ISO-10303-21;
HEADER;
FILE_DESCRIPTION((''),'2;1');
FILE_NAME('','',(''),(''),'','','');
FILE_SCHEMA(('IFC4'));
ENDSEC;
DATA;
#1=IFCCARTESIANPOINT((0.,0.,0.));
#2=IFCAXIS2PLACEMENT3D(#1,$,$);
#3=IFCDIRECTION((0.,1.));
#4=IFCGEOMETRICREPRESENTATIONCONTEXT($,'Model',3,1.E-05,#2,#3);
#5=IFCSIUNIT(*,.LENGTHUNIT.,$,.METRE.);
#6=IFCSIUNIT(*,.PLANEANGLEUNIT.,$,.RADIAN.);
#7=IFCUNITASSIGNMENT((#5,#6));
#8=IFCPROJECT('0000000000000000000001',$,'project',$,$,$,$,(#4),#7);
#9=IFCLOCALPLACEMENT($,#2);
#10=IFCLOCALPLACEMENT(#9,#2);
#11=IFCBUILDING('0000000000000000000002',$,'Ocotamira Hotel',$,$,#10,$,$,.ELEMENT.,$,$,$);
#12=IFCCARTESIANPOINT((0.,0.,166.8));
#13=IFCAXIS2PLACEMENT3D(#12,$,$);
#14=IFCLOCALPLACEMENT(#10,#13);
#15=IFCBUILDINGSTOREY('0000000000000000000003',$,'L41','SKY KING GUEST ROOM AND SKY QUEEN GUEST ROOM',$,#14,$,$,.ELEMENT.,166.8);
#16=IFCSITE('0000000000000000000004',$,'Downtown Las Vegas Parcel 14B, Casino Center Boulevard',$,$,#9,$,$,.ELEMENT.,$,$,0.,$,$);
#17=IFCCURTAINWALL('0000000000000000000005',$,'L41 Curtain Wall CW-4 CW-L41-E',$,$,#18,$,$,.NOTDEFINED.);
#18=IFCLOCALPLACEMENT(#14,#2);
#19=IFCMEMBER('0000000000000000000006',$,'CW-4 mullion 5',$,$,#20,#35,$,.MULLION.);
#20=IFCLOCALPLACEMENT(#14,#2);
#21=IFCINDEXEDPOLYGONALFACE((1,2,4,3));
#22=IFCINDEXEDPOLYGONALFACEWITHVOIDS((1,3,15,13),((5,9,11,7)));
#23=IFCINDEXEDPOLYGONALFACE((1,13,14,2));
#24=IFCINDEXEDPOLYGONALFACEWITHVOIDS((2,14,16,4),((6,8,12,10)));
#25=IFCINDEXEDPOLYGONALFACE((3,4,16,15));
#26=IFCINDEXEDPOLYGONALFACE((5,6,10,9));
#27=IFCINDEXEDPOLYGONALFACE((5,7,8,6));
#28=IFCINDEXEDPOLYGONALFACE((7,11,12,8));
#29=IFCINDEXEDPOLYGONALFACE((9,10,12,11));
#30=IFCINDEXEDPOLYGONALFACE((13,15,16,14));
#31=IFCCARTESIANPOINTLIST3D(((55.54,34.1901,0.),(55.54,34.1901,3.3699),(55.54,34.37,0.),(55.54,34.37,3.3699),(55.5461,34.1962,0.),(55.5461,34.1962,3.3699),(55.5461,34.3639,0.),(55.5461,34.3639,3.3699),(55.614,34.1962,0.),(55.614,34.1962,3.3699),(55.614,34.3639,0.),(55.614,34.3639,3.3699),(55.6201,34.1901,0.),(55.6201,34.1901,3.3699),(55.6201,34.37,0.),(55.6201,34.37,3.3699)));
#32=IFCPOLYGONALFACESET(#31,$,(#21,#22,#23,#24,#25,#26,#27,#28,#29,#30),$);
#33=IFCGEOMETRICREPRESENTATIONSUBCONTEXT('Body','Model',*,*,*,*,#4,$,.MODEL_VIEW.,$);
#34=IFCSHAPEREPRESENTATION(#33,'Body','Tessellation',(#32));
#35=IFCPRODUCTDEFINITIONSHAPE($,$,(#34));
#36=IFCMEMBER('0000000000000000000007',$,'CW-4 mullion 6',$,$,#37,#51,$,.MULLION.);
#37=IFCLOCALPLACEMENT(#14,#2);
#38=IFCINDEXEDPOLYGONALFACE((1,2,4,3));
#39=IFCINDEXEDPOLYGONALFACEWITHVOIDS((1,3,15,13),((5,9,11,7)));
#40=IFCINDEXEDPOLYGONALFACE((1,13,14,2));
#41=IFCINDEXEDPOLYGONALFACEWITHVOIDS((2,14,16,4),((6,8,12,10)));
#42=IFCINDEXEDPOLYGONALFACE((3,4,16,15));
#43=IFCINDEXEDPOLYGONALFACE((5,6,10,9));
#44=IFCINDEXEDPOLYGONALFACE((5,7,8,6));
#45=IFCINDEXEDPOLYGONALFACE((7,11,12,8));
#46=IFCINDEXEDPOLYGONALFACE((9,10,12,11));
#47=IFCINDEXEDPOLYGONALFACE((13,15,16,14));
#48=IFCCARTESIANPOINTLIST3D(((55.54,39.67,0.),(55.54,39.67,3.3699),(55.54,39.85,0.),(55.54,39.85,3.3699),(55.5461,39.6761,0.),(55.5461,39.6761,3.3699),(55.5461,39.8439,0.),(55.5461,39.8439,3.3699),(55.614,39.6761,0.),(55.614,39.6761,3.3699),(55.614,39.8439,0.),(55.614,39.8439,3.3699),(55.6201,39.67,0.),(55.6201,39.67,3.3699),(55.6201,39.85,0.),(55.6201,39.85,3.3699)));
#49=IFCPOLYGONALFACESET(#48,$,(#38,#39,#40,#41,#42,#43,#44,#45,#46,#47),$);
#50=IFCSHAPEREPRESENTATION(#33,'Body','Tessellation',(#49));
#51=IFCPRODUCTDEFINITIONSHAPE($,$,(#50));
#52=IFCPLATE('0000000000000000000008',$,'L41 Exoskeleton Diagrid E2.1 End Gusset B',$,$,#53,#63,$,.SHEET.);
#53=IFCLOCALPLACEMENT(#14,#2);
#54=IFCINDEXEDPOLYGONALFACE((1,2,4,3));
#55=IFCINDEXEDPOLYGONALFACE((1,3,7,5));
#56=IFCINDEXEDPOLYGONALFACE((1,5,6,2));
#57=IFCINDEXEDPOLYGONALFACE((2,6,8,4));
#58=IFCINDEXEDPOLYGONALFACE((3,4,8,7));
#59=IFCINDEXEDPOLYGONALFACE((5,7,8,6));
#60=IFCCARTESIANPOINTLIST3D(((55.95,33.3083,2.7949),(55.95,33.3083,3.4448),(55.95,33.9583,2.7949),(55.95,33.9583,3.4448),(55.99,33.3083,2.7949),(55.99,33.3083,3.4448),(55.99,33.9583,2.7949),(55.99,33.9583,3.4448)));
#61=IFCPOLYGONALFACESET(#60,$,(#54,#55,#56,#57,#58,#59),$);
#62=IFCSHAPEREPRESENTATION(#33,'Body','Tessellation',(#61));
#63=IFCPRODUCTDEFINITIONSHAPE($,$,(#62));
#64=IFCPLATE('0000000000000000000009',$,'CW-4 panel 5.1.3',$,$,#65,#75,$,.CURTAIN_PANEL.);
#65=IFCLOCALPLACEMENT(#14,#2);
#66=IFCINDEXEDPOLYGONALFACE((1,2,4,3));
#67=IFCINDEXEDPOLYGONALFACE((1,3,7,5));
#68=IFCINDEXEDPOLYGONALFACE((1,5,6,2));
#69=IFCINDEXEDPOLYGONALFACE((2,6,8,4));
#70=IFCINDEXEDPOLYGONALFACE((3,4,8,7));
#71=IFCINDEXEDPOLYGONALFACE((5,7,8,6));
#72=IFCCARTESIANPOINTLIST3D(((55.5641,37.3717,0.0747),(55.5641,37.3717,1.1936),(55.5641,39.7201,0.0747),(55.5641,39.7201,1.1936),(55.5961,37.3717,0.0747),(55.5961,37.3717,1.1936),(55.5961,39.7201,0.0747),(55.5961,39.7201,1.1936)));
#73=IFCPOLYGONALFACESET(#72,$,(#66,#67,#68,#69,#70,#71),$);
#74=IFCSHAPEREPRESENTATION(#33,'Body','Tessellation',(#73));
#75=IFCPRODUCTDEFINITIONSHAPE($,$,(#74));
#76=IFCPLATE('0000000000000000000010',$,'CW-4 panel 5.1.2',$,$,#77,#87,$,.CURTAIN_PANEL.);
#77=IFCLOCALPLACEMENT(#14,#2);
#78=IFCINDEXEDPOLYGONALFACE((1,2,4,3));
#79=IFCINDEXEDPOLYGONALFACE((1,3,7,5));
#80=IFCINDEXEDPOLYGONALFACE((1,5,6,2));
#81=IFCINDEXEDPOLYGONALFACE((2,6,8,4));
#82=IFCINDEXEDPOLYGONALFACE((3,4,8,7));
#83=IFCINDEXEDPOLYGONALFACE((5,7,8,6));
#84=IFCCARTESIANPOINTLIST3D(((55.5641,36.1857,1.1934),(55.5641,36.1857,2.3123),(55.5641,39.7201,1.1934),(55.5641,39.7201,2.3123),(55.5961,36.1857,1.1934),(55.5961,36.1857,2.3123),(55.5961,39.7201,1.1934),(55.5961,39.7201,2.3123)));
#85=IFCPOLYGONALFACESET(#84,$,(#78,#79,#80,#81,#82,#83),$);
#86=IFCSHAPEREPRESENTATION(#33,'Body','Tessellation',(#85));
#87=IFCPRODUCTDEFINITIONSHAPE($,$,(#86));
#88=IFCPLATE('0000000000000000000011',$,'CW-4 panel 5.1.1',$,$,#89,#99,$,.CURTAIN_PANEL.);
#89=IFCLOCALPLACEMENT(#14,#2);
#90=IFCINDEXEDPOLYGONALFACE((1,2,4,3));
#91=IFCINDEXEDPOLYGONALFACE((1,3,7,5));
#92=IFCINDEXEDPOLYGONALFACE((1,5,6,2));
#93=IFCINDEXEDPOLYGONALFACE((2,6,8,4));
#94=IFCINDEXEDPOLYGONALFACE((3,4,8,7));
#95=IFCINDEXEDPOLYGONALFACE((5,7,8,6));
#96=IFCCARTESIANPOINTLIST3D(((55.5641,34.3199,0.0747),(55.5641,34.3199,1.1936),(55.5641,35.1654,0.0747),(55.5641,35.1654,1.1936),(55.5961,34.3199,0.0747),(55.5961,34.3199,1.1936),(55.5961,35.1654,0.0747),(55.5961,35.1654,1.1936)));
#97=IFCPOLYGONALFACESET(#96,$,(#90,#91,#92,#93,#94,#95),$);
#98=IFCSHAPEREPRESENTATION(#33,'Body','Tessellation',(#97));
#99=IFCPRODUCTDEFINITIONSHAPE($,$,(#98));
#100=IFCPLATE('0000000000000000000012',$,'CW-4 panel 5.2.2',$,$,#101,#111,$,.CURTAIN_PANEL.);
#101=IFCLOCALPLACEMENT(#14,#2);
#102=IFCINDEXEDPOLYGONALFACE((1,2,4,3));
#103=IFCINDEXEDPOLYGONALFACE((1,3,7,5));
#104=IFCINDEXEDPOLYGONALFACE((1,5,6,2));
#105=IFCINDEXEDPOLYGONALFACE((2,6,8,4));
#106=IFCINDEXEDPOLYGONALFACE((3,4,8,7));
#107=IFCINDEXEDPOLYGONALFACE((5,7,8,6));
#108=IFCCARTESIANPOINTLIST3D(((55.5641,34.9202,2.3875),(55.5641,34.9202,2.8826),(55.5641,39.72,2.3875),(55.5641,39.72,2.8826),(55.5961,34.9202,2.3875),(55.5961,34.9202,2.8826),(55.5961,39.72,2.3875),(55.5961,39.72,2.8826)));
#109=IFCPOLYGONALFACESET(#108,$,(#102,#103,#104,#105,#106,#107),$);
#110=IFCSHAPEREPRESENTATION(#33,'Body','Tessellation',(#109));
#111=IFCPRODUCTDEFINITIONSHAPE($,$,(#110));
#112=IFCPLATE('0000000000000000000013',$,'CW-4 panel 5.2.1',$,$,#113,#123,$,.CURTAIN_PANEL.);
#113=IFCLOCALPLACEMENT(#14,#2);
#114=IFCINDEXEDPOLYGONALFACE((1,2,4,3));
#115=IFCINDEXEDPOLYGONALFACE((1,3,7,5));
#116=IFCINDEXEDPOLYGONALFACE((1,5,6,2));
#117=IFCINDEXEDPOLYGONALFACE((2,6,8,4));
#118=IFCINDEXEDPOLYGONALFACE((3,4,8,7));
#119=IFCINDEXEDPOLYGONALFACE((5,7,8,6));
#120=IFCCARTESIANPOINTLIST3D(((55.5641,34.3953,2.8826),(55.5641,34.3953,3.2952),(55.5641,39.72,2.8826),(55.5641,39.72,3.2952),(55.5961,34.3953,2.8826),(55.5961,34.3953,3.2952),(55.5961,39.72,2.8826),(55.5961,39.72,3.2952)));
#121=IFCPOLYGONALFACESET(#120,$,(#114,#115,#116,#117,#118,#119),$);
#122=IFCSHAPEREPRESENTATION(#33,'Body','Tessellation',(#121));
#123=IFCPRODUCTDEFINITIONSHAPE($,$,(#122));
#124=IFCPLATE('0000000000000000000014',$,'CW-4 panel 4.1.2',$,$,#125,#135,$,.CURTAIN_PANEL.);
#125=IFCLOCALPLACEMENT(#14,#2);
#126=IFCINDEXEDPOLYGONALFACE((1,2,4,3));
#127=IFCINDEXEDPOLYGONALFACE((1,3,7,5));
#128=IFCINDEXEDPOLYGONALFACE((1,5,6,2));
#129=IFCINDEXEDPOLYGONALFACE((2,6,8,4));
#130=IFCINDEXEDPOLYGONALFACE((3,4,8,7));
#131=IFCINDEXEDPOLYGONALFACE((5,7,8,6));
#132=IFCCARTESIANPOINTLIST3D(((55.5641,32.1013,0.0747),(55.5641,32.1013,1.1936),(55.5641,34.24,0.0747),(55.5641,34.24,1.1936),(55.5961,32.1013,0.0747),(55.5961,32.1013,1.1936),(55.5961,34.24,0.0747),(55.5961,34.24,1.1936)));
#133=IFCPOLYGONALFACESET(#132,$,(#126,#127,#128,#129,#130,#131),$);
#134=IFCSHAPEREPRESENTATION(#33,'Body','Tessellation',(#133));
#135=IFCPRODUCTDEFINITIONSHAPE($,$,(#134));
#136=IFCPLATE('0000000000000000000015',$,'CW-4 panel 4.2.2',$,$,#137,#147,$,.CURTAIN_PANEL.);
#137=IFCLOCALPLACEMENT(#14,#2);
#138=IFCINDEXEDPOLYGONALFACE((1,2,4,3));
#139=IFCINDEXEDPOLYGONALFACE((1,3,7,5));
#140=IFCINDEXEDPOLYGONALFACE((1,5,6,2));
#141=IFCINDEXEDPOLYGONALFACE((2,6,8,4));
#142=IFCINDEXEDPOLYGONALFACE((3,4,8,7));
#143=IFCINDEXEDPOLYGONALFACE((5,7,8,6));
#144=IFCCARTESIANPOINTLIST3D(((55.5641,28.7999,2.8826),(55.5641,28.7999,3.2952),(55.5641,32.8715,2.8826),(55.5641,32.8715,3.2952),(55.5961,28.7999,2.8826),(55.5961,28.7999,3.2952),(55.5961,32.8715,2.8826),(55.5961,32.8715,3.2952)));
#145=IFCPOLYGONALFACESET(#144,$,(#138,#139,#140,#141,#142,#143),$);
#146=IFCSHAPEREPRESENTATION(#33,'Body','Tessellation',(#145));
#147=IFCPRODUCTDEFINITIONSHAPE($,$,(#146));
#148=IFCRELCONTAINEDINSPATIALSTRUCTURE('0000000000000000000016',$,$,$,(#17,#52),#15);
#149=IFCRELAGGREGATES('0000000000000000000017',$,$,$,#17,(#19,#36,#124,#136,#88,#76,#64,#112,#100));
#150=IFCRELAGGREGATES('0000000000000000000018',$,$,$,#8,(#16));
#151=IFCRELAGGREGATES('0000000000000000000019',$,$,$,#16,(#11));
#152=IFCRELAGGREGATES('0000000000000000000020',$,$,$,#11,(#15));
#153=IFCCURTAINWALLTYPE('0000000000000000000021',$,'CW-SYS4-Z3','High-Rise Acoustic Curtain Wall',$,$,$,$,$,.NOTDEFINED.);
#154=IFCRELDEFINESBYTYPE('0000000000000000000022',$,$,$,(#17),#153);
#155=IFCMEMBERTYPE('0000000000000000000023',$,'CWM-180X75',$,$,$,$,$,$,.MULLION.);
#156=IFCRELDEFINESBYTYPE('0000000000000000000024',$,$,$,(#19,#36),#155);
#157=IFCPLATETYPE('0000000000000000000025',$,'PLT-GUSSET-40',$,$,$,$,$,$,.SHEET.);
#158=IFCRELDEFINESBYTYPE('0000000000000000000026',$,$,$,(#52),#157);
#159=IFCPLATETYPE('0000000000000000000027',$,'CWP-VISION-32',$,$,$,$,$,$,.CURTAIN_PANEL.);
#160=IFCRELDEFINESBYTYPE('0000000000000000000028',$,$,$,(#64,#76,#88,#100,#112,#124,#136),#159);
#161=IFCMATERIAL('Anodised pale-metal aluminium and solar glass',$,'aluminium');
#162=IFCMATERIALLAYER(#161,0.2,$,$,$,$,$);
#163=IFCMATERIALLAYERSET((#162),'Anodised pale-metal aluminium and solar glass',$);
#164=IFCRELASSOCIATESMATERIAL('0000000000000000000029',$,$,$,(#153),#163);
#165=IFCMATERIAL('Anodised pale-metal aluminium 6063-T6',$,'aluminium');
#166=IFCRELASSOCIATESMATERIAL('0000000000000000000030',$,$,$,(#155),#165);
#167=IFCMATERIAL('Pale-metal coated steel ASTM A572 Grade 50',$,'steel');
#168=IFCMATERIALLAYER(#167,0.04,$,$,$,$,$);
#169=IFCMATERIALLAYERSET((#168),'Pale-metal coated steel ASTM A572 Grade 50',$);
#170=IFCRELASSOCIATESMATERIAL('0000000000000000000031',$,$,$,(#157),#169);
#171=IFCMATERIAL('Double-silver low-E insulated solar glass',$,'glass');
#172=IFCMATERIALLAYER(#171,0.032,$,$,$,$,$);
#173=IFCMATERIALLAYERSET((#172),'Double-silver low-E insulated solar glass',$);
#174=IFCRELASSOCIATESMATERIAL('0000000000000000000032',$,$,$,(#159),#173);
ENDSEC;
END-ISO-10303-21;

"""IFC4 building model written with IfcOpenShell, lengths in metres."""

from ifc_helpers import new_model, si_unit, direction, frame, origin, origin_2d, place, context, subcontext, project, spatial, rectangle, hollow_rectangle, extrude, source, transform, mapped, material, layer, layer_set, material_profile, profile_set, type_object, element, aggregate, save


model = new_model("IFC4")

# Units and contexts
model_context = context("Model", 3, precision=1e-05, world=origin(), true_north=direction((0.0, 1.0)))
body_context = subcontext(model_context, "Body", "Model", "MODEL_VIEW")
ifc_project = project(units=[si_unit("LENGTHUNIT", "METRE"), si_unit("PLANEANGLEUNIT", "RADIAN")], contexts=[model_context])

# Site, building, storey
site_placement = place(None, origin())
site = spatial("IfcSite", under=ifc_project, at=site_placement, Name="Downtown Las Vegas Parcel 14B, Casino Center Boulevard", CompositionType="ELEMENT", RefElevation=0.0)
building_placement = place(site_placement, origin())
building = spatial("IfcBuilding", under=site, at=building_placement, Name="Ocotamira Hotel", CompositionType="ELEMENT")
storey_placement = place(building_placement, frame((0.0, 0.0, 166.8)))
storey = spatial("IfcBuildingStorey", under=building, at=storey_placement, Name="L41", Description="SKY KING GUEST ROOM AND SKY QUEEN GUEST ROOM", CompositionType="ELEMENT", Elevation=166.8)

# Curtain wall, members
ifc_material_1 = material(Name="Anodised pale-metal aluminium and solar glass", Category="aluminium")
ifc_layer_1 = layer(ifc_material_1, 0.2)
ifc_layer_set_1 = layer_set([ifc_layer_1], Name="Anodised pale-metal aluminium and solar glass")
curtain_wall_type = type_object("IfcCurtainWallType", Name="CW-SYS4-Z3", Description="High-Rise Acoustic Curtain Wall", PredefinedType="NOTDEFINED", material=ifc_layer_set_1)
curtain_wall_placement = place(storey_placement, origin())
curtain_wall = element("IfcCurtainWall", 1, at=curtain_wall_placement, inside=storey, type_object=curtain_wall_type, Name="L41 Curtain Wall CW-4 CW-L41-E", PredefinedType="NOTDEFINED")
ifc_material_2 = material(Name="Anodised pale-metal aluminium 6063-T6", Category="aluminium")
ifc_material_profile_1 = material_profile(ifc_material_2, hollow_rectangle(XDim=0.0801, YDim=0.1799, WallThickness=0.0061, at=origin_2d()), Name="HSS180X80X6")
ifc_profile_set_1 = profile_set([ifc_material_profile_1], Name="Anodised pale-metal aluminium 6063-T6")
member_type_1 = type_object("IfcMemberType", Name="CWM-180X75", PredefinedType="MULLION", material=ifc_profile_set_1)
shared_shape_1 = source(origin(), body_context, "Body", "SweptSolid", [
    extrude(hollow_rectangle(XDim=0.0801, YDim=0.1799, WallThickness=0.0061, at=origin_2d()), origin(), (0.0, 0.0, 1.0), 3.3699),
])
member_1_placement = place(storey_placement, frame((55.5801, 34.28, 0.0), z_axis=(0.0, 0.0, 1.0), x_axis=(-1.0, 0.0, 0.0)))
member_1 = element("IfcMember", 2, at=member_1_placement, type_object=member_type_1, Name="CW-4 mullion 5", PredefinedType="MULLION", context=body_context, shape_type="MappedRepresentation", body=[
    mapped(shared_shape_1, transform((0.0, 0.0, 0.0), scale=1.0)),
])
member_2_placement = place(storey_placement, frame((55.5801, 39.76, 0.0), z_axis=(0.0, 0.0, 1.0), x_axis=(-1.0, 0.0, 0.0)))
member_2 = element("IfcMember", 3, at=member_2_placement, type_object=member_type_1, Name="CW-4 mullion 6", PredefinedType="MULLION", context=body_context, shape_type="MappedRepresentation", body=[
    mapped(shared_shape_1, transform((0.0, 0.0, 0.0), scale=1.0)),
])

# Plates
ifc_material_3 = material(Name="Pale-metal coated steel ASTM A572 Grade 50", Category="steel")
ifc_layer_2 = layer(ifc_material_3, 0.04)
ifc_layer_set_2 = layer_set([ifc_layer_2], Name="Pale-metal coated steel ASTM A572 Grade 50")
plate_type_1 = type_object("IfcPlateType", Name="PLT-GUSSET-40", PredefinedType="SHEET", material=ifc_layer_set_2)
shared_shape_2 = source(origin(), body_context, "Body", "SweptSolid", [
    extrude(rectangle(XDim=0.04, YDim=0.6499, at=origin_2d()), origin(), (0.0, 0.0, 1.0), 0.6499),
])
plate_1_placement = place(storey_placement, frame((55.97, 33.6333, 2.7949), z_axis=(0.0, 0.0, 1.0), x_axis=(1.0, 0.0, 0.0)))
element("IfcPlate", 4, at=plate_1_placement, inside=storey, type_object=plate_type_1, Name="L41 Exoskeleton Diagrid E2.1 End Gusset B", PredefinedType="SHEET", context=body_context, shape_type="MappedRepresentation", body=[
    mapped(shared_shape_2, transform((0.0, 0.0, 0.0), scale=1.0)),
])
ifc_material_4 = material(Name="Double-silver low-E insulated solar glass", Category="glass")
ifc_layer_3 = layer(ifc_material_4, 0.032)
ifc_layer_set_3 = layer_set([ifc_layer_3], Name="Double-silver low-E insulated solar glass")
plate_type_2 = type_object("IfcPlateType", Name="CWP-VISION-32", PredefinedType="CURTAIN_PANEL", material=ifc_layer_set_3)
shared_shape_3 = source(origin(), body_context, "Body", "SweptSolid", [
    extrude(rectangle(XDim=2.3484, YDim=0.032, at=origin_2d()), origin(), (0.0, 0.0, 1.0), 1.1189),
])
plate_2_placement = place(storey_placement, frame((55.5801, 38.5459, 0.0747), z_axis=(0.0, 0.0, 1.0), x_axis=(0.0, 1.0, 0.0)))
plate_2 = element("IfcPlate", 5, at=plate_2_placement, type_object=plate_type_2, Name="CW-4 panel 5.1.3", PredefinedType="CURTAIN_PANEL", context=body_context, shape_type="MappedRepresentation", body=[
    mapped(shared_shape_3, transform((0.0, 0.0, 0.0), scale=1.0)),
])
shared_shape_4 = source(origin(), body_context, "Body", "SweptSolid", [
    extrude(rectangle(XDim=3.5344, YDim=0.032, at=origin_2d()), origin(), (0.0, 0.0, 1.0), 1.1189),
])
plate_3_placement = place(storey_placement, frame((55.5801, 37.9529, 1.1934), z_axis=(0.0, 0.0, 1.0), x_axis=(0.0, 1.0, 0.0)))
plate_3 = element("IfcPlate", 6, at=plate_3_placement, type_object=plate_type_2, Name="CW-4 panel 5.1.2", PredefinedType="CURTAIN_PANEL", context=body_context, shape_type="MappedRepresentation", body=[
    mapped(shared_shape_4, transform((0.0, 0.0, 0.0), scale=1.0)),
])
shared_shape_5 = source(origin(), body_context, "Body", "SweptSolid", [
    extrude(rectangle(XDim=0.8455, YDim=0.032, at=origin_2d()), origin(), (0.0, 0.0, 1.0), 1.1189),
])
plate_4_placement = place(storey_placement, frame((55.5801, 34.7427, 0.0747), z_axis=(0.0, 0.0, 1.0), x_axis=(0.0, 1.0, 0.0)))
plate_4 = element("IfcPlate", 7, at=plate_4_placement, type_object=plate_type_2, Name="CW-4 panel 5.1.1", PredefinedType="CURTAIN_PANEL", context=body_context, shape_type="MappedRepresentation", body=[
    mapped(shared_shape_5, transform((0.0, 0.0, 0.0), scale=1.0)),
])
shared_shape_6 = source(origin(), body_context, "Body", "SweptSolid", [
    extrude(rectangle(XDim=4.7998, YDim=0.032, at=origin_2d()), origin(), (0.0, 0.0, 1.0), 0.4951),
])
plate_5_placement = place(storey_placement, frame((55.5801, 37.3201, 2.3875), z_axis=(0.0, 0.0, 1.0), x_axis=(0.0, 1.0, 0.0)))
plate_5 = element("IfcPlate", 8, at=plate_5_placement, type_object=plate_type_2, Name="CW-4 panel 5.2.2", PredefinedType="CURTAIN_PANEL", context=body_context, shape_type="MappedRepresentation", body=[
    mapped(shared_shape_6, transform((0.0, 0.0, 0.0), scale=1.0)),
])
shared_shape_7 = source(origin(), body_context, "Body", "SweptSolid", [
    extrude(rectangle(XDim=5.3247, YDim=0.032, at=origin_2d()), origin(), (0.0, 0.0, 1.0), 0.4126),
])
plate_6_placement = place(storey_placement, frame((55.5801, 37.0576, 2.8826), z_axis=(0.0, 0.0, 1.0), x_axis=(0.0, 1.0, 0.0)))
plate_6 = element("IfcPlate", 9, at=plate_6_placement, type_object=plate_type_2, Name="CW-4 panel 5.2.1", PredefinedType="CURTAIN_PANEL", context=body_context, shape_type="MappedRepresentation", body=[
    mapped(shared_shape_7, transform((0.0, 0.0, 0.0), scale=1.0)),
])
shared_shape_8 = source(origin(), body_context, "Body", "SweptSolid", [
    extrude(rectangle(XDim=2.1387, YDim=0.032, at=origin_2d()), origin(), (0.0, 0.0, 1.0), 1.1189),
])
plate_7_placement = place(storey_placement, frame((55.5801, 33.1707, 0.0747), z_axis=(0.0, 0.0, 1.0), x_axis=(0.0, 1.0, 0.0)))
plate_7 = element("IfcPlate", 10, at=plate_7_placement, type_object=plate_type_2, Name="CW-4 panel 4.1.2", PredefinedType="CURTAIN_PANEL", context=body_context, shape_type="MappedRepresentation", body=[
    mapped(shared_shape_8, transform((0.0, 0.0, 0.0), scale=1.0)),
])
shared_shape_9 = source(origin(), body_context, "Body", "SweptSolid", [
    extrude(rectangle(XDim=4.0715, YDim=0.032, at=origin_2d()), origin(), (0.0, 0.0, 1.0), 0.4126),
])
plate_8_placement = place(storey_placement, frame((55.5801, 30.8357, 2.8826), z_axis=(0.0, 0.0, 1.0), x_axis=(0.0, 1.0, 0.0)))
plate_8 = element("IfcPlate", 11, at=plate_8_placement, type_object=plate_type_2, Name="CW-4 panel 4.2.2", PredefinedType="CURTAIN_PANEL", context=body_context, shape_type="MappedRepresentation", body=[
    mapped(shared_shape_9, transform((0.0, 0.0, 0.0), scale=1.0)),
])
aggregate(curtain_wall, [member_1, member_2, plate_7, plate_8, plate_4, plate_3, plate_2, plate_6, plate_5])

save(model, "model.ifc")
